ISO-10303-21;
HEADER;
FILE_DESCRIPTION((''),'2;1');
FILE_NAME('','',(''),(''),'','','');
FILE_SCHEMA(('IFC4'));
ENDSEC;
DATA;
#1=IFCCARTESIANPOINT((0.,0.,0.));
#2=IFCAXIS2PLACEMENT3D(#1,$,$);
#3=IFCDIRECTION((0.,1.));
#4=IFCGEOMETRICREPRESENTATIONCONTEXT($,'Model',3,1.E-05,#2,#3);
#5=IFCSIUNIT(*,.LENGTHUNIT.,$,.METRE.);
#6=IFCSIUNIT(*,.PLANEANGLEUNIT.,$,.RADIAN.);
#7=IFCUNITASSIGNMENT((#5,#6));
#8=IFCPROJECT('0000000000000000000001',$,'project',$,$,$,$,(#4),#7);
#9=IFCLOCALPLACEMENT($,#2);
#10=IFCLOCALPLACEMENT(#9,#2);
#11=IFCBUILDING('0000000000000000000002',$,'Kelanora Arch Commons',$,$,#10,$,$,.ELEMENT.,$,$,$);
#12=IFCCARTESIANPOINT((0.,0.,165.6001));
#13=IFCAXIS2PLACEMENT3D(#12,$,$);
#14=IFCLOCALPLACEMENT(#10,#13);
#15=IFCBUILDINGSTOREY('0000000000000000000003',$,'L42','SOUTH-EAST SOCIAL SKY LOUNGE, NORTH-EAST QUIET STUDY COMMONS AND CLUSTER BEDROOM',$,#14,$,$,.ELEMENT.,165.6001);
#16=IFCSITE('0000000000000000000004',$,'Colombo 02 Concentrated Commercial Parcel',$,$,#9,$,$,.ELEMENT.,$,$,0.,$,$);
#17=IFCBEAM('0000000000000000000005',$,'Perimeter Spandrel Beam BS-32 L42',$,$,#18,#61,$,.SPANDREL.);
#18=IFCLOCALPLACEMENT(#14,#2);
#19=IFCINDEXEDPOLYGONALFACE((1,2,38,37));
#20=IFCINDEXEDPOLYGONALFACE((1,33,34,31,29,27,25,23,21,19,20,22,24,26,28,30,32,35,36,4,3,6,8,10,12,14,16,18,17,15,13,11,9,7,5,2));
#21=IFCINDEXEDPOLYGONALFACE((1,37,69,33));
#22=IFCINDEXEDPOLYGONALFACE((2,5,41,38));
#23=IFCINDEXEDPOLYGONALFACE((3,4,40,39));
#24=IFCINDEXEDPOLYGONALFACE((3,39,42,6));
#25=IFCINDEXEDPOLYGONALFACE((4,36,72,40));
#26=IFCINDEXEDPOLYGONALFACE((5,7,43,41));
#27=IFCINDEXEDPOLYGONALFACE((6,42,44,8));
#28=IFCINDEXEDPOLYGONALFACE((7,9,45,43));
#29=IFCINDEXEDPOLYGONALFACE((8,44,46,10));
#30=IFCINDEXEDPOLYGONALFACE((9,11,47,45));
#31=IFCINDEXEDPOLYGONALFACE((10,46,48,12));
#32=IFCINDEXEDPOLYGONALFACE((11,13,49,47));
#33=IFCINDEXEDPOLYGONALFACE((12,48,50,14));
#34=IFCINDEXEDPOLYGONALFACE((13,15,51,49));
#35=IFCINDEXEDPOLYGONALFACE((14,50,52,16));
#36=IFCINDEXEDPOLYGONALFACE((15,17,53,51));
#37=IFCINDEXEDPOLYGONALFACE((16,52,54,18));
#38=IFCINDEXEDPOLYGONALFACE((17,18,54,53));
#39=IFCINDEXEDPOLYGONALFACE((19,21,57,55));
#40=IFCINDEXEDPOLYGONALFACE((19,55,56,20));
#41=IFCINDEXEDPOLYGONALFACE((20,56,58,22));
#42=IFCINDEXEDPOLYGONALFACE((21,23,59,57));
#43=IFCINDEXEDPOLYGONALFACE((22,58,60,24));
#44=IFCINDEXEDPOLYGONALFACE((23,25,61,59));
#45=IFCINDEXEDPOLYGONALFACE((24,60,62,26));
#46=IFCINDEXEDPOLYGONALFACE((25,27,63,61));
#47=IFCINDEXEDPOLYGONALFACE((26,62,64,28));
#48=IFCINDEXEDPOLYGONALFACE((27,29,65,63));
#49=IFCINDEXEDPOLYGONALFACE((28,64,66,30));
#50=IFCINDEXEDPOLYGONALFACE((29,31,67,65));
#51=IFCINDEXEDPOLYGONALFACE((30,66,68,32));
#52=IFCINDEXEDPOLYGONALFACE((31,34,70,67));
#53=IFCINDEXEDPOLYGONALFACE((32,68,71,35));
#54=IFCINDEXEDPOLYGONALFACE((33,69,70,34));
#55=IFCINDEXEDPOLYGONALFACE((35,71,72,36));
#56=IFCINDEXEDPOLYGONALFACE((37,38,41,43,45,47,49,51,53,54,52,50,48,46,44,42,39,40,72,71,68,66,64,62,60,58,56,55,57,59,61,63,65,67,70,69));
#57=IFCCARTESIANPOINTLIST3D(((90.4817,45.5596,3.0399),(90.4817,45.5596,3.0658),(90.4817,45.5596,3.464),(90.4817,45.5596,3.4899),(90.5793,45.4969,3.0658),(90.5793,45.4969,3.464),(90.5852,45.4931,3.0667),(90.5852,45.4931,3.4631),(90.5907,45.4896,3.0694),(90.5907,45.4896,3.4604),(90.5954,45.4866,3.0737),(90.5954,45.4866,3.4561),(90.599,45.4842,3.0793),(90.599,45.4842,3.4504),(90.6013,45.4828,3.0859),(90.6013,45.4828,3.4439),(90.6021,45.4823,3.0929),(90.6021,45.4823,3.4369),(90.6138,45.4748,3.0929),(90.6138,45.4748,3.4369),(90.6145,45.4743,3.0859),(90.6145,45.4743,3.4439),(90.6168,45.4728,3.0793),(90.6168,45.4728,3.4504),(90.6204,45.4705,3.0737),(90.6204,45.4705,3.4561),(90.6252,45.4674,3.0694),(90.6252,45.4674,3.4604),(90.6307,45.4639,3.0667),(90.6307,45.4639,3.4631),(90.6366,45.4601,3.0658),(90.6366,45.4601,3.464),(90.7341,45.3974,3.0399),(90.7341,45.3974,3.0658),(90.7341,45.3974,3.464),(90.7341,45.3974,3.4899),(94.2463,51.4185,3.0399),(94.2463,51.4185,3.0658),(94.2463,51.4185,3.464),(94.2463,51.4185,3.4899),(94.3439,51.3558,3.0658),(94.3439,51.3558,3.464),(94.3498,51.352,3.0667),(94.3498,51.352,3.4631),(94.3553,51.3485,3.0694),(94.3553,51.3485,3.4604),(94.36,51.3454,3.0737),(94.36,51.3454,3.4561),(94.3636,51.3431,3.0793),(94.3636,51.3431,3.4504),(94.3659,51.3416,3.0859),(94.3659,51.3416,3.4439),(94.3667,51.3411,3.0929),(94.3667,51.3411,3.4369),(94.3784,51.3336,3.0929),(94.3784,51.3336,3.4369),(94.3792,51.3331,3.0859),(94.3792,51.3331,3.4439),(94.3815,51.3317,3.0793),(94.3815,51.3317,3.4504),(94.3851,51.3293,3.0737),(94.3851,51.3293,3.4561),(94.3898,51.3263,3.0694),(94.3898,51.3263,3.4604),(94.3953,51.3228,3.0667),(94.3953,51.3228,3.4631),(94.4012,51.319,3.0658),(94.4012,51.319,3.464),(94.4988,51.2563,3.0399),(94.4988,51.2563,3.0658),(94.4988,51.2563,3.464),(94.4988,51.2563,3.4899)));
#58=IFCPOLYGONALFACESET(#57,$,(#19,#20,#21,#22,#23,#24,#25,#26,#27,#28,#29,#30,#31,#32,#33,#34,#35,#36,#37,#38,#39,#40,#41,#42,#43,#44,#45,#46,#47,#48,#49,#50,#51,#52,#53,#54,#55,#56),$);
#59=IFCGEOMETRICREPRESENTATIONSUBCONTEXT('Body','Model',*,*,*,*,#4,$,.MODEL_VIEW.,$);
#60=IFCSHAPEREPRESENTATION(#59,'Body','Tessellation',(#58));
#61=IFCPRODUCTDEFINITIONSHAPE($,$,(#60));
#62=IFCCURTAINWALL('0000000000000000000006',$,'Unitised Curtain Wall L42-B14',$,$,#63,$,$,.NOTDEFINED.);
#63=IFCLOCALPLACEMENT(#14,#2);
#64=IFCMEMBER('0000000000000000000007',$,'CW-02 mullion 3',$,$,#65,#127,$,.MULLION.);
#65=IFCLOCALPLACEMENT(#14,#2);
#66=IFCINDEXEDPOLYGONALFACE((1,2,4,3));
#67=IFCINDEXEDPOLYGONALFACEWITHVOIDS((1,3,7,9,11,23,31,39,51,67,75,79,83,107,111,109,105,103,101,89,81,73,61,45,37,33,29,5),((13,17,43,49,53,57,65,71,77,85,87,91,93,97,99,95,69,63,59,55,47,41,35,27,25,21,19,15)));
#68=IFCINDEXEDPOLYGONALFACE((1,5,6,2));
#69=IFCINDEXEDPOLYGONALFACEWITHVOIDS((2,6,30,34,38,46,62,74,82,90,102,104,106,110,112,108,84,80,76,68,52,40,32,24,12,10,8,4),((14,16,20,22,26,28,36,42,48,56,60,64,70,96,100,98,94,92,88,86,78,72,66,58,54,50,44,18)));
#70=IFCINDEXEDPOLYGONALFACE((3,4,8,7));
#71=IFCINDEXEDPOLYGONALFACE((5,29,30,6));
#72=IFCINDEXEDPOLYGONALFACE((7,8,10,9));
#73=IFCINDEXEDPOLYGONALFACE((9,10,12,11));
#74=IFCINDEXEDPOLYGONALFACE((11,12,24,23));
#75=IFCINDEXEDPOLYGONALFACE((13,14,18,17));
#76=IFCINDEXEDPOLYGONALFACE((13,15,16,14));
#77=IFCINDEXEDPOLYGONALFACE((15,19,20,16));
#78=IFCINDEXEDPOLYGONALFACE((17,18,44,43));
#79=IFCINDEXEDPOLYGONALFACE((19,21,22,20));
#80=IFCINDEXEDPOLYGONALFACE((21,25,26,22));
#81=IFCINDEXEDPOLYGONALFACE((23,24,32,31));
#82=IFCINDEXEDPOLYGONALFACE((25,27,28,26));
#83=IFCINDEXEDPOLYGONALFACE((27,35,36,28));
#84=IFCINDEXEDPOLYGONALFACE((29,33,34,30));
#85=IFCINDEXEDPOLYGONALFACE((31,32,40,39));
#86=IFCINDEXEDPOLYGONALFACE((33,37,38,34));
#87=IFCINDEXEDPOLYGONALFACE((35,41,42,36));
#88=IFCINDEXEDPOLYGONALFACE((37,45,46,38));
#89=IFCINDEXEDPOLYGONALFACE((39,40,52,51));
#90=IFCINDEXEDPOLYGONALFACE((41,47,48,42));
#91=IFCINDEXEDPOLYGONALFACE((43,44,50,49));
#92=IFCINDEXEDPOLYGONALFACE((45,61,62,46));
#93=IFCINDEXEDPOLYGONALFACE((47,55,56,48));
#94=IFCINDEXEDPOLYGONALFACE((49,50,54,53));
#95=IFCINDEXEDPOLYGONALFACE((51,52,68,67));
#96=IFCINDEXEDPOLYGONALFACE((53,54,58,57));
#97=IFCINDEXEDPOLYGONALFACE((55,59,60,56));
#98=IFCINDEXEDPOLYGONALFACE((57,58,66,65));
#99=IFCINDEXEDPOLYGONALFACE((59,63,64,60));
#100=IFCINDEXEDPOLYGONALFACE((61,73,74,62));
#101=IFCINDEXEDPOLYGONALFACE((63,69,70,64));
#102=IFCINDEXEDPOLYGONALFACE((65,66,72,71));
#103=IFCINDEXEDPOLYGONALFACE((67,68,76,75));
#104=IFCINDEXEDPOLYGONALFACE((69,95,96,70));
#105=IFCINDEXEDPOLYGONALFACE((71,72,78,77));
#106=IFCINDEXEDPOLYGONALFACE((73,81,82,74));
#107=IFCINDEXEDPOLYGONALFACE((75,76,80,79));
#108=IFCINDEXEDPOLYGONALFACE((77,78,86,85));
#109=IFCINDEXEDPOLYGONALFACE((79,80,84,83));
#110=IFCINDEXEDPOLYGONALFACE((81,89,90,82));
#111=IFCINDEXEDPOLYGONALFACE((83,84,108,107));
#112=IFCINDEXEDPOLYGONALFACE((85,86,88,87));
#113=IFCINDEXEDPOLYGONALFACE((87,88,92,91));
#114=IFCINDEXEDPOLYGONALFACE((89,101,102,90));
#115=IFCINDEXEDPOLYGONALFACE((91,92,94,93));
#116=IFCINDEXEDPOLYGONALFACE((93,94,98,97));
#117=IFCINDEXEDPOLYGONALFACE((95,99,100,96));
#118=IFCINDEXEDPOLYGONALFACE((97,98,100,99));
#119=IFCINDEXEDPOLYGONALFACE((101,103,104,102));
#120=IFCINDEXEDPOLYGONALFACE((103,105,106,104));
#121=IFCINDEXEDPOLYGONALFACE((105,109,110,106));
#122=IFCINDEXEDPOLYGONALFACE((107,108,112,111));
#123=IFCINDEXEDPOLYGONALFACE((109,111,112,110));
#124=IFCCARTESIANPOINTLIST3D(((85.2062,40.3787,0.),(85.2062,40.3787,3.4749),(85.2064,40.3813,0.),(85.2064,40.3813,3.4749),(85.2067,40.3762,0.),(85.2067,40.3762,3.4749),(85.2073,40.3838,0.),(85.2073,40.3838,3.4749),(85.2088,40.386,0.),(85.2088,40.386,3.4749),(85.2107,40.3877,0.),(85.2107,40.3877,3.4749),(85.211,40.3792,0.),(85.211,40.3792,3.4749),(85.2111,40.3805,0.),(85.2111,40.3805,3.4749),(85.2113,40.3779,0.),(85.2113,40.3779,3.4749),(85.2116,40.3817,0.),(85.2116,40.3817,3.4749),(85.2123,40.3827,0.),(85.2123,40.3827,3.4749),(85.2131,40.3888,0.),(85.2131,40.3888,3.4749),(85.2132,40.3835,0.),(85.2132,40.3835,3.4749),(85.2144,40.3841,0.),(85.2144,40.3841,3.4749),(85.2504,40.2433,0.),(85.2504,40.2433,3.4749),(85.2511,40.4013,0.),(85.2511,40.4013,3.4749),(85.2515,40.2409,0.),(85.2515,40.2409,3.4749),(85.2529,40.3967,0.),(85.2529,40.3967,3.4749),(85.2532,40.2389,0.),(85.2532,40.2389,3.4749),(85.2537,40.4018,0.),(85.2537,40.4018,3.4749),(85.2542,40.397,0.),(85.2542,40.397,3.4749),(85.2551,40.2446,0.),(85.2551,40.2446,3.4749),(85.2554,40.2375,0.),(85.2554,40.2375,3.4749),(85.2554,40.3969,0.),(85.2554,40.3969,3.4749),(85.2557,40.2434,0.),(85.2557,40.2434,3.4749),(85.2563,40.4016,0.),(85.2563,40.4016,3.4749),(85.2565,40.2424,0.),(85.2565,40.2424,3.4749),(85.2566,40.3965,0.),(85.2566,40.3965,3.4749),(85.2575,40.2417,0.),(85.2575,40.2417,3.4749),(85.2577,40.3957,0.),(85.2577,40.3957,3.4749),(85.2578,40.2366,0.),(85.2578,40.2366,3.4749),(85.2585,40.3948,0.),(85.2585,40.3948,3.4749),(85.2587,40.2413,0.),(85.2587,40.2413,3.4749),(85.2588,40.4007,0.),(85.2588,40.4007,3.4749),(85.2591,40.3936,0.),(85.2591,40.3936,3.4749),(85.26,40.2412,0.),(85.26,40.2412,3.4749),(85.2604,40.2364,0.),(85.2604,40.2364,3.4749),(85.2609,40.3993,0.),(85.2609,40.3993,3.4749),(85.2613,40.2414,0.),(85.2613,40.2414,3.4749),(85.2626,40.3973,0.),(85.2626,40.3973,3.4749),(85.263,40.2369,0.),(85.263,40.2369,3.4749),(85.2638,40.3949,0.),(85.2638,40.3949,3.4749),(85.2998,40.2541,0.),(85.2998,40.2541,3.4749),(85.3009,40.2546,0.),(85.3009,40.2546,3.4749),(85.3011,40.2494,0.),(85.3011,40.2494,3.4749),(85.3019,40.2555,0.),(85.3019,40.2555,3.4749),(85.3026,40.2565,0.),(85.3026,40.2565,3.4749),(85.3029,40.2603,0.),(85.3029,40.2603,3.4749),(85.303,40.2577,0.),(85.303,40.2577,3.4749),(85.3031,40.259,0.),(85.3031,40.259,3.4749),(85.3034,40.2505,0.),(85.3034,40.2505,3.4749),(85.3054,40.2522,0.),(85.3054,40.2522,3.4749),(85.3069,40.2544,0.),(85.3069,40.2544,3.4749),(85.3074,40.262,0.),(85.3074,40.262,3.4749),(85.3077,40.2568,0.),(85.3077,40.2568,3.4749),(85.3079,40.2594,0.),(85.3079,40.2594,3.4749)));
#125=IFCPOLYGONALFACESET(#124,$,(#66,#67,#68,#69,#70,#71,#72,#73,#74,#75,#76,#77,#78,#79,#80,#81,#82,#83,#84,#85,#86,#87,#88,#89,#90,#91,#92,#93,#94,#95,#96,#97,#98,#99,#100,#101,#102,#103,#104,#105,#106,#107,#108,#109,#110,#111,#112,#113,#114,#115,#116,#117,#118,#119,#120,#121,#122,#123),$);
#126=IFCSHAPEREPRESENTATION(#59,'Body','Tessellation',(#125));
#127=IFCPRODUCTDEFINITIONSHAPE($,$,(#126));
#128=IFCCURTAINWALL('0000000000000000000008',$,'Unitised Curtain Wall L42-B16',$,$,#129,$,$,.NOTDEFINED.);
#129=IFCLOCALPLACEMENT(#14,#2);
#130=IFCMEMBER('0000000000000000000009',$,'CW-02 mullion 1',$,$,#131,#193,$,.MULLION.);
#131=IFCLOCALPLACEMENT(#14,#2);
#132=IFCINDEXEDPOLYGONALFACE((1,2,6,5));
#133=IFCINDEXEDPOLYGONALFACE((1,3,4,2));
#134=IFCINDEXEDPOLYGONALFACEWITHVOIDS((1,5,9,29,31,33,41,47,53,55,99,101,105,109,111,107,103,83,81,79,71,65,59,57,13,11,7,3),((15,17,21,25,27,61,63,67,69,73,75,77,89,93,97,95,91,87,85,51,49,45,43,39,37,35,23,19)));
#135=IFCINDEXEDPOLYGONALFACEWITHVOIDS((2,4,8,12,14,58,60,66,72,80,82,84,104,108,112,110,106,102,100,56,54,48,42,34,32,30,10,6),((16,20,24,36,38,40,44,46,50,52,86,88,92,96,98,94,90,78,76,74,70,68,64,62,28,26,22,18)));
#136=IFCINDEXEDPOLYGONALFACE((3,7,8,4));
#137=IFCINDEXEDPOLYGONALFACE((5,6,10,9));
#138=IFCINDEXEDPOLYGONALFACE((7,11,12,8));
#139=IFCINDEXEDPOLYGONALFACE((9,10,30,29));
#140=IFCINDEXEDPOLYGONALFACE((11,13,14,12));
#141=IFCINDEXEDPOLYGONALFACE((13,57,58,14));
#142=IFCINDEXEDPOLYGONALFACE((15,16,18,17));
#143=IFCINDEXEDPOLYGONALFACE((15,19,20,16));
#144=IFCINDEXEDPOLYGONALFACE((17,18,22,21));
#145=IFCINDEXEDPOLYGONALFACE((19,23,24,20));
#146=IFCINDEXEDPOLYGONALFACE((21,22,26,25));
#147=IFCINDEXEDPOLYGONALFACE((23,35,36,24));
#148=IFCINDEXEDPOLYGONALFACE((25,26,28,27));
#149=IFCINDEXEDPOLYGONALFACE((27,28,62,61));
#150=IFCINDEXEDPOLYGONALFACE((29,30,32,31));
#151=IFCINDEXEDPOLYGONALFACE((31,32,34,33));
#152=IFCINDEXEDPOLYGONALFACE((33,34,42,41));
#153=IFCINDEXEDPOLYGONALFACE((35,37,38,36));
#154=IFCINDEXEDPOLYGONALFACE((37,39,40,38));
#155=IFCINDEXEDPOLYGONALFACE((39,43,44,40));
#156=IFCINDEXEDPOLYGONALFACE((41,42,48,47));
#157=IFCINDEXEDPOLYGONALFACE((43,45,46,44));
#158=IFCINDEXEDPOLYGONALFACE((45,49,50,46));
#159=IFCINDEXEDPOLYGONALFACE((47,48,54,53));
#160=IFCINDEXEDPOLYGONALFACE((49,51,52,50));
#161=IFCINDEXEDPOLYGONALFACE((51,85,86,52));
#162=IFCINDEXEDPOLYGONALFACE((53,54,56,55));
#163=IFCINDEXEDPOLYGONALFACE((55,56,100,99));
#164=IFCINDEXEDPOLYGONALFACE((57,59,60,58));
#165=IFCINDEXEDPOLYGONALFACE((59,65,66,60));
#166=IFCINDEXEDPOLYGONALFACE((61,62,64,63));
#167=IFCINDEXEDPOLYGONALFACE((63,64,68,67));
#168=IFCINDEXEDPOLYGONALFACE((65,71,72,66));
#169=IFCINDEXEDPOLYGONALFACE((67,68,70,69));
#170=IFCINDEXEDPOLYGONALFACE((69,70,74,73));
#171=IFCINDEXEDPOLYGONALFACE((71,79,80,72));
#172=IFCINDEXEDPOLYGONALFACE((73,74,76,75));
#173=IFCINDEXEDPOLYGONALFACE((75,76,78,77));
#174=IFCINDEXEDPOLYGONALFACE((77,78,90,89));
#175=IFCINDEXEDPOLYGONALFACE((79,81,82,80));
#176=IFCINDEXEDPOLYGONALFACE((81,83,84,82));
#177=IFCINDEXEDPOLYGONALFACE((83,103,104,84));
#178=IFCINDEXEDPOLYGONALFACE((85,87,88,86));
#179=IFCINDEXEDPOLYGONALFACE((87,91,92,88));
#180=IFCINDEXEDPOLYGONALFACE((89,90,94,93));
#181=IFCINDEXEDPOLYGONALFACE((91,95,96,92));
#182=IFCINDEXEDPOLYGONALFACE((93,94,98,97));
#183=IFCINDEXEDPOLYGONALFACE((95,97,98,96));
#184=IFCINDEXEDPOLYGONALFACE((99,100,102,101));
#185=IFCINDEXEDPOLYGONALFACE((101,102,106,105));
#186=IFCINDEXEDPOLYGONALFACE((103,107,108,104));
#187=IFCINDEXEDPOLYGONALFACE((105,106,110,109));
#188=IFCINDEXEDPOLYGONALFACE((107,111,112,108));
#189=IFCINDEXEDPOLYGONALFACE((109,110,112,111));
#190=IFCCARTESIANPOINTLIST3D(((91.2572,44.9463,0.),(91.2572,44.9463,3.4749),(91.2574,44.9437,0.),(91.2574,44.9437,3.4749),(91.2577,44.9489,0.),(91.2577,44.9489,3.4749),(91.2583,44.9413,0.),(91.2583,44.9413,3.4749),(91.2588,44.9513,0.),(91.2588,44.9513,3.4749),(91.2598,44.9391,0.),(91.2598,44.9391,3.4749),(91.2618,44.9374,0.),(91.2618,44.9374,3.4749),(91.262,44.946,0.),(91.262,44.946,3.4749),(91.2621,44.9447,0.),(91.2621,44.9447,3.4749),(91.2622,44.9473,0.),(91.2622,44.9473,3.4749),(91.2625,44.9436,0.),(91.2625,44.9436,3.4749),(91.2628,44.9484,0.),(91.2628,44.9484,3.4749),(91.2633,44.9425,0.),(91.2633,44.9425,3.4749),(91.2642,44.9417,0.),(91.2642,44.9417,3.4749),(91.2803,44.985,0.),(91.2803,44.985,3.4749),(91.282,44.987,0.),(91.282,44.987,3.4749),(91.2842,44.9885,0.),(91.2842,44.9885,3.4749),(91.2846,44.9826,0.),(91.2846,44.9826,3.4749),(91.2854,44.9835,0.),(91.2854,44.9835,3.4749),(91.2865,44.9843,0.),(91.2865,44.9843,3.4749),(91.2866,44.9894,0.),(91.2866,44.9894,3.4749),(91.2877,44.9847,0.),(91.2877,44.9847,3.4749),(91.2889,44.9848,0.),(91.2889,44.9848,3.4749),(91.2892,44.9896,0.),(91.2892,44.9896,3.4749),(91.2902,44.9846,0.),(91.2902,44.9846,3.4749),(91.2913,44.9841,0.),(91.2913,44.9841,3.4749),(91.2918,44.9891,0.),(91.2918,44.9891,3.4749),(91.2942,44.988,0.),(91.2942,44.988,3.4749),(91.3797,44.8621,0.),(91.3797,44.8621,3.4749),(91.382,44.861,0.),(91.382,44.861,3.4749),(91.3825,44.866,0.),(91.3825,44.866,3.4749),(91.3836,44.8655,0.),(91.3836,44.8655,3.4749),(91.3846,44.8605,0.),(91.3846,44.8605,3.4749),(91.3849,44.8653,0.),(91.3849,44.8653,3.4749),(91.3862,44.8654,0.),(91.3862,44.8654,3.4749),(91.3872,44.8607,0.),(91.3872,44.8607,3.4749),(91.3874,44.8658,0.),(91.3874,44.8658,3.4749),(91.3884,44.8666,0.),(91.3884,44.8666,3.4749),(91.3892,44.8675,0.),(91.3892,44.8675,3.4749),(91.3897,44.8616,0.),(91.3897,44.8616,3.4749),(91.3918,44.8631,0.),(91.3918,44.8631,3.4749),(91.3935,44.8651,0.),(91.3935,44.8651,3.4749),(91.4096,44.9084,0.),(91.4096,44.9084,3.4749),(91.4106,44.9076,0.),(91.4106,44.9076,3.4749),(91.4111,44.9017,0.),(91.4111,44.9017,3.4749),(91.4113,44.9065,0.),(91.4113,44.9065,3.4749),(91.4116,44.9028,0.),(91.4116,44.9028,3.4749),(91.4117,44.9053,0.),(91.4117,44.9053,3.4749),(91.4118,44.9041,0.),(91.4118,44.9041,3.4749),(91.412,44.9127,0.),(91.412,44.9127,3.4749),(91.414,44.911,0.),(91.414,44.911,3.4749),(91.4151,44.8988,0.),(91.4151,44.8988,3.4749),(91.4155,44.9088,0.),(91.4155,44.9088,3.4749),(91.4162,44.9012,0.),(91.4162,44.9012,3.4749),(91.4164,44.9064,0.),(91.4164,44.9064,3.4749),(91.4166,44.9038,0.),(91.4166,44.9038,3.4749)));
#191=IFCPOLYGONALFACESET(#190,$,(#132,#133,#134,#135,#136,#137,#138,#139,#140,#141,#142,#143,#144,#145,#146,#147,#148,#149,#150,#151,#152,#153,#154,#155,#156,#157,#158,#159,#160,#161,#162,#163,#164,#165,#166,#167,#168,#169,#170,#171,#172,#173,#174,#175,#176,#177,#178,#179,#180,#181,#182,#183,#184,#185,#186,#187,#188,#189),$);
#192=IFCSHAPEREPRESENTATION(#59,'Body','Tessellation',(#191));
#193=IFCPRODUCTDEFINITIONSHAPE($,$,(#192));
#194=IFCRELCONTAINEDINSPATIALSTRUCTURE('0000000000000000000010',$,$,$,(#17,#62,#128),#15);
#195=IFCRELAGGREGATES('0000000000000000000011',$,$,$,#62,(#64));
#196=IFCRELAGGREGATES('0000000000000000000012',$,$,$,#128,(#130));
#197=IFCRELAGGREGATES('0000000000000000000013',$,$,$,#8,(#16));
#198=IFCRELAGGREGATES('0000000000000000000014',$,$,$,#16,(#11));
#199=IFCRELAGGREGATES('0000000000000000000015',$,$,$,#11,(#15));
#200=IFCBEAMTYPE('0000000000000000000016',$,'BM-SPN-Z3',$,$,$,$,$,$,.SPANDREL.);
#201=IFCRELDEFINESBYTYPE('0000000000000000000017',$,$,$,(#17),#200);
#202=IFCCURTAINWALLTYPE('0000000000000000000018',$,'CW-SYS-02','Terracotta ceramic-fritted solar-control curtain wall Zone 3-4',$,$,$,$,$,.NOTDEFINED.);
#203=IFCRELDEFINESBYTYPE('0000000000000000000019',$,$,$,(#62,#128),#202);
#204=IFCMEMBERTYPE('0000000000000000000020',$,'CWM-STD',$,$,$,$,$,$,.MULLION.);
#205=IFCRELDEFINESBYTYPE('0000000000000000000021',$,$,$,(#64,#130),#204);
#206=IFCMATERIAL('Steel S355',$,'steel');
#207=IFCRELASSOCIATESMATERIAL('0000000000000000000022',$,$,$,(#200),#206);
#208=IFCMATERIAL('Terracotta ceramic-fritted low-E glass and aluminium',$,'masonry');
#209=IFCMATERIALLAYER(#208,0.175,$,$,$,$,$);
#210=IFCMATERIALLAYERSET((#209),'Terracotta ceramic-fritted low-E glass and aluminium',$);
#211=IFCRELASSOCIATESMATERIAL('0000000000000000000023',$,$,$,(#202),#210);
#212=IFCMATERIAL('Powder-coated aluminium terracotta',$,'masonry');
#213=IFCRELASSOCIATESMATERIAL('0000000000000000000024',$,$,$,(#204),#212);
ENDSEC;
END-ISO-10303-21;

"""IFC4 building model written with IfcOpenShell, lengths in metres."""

from ifc_helpers import new_model, si_unit, direction, frame, origin, origin_2d, place, context, subcontext, project, spatial, hollow_rectangle, i_section, extrude, material, layer, layer_set, material_profile, profile_set, type_object, element, aggregate, save


model = new_model("IFC4")

# Units and contexts
model_context = context("Model", 3, precision=1e-05, world=origin(), true_north=direction((0.0, 1.0)))
body_context = subcontext(model_context, "Body", "Model", "MODEL_VIEW")
ifc_project = project(units=[si_unit("LENGTHUNIT", "METRE"), si_unit("PLANEANGLEUNIT", "RADIAN")], contexts=[model_context])

# Site, building, storey
site_placement = place(None, origin())
site = spatial("IfcSite", under=ifc_project, at=site_placement, Name="Colombo 02 Concentrated Commercial Parcel", CompositionType="ELEMENT", RefElevation=0.0)
building_placement = place(site_placement, origin())
building = spatial("IfcBuilding", under=site, at=building_placement, Name="Kelanora Arch Commons", CompositionType="ELEMENT")
storey_placement = place(building_placement, frame((0.0, 0.0, 165.6001)))
storey = spatial("IfcBuildingStorey", under=building, at=storey_placement, Name="L42", Description="SOUTH-EAST SOCIAL SKY LOUNGE, NORTH-EAST QUIET STUDY COMMONS AND CLUSTER BEDROOM", CompositionType="ELEMENT", Elevation=165.6001)

# Beam
ifc_material_1 = material(Name="Steel S355", Category="steel")
ifc_material_profile_1 = material_profile(ifc_material_1, i_section(OverallWidth=0.3, OverallDepth=0.45, WebThickness=0.0139, FlangeThickness=0.0259, FilletRadius=0.0271, at=origin_2d()), Name="HEB450")
ifc_profile_set_1 = profile_set([ifc_material_profile_1], Name="Steel S355")
beam_type_1 = type_object("IfcBeamType", Name="BM-SPN-Z3", PredefinedType="SPANDREL", material=ifc_profile_set_1)
beam_1_placement = place(storey_placement, frame((90.6079, 45.4785, 3.2649), z_axis=(0.540577, 0.841295, 0.0), x_axis=(-0.841295, 0.540577, 0.0)))
element("IfcBeam", 1, at=beam_1_placement, inside=storey, type_object=beam_type_1, Name="Perimeter Spandrel Beam BS-32 L42", PredefinedType="SPANDREL", context=body_context, shape_type="SweptSolid", body=[
    extrude(i_section(OverallWidth=0.3, OverallDepth=0.45, WebThickness=0.0139, FlangeThickness=0.0259, FilletRadius=0.0271, at=origin_2d()), origin(), (0.0, 0.0, 1.0), 6.9641),
])

# Curtain wall, member
ifc_material_2 = material(Name="Terracotta ceramic-fritted low-E glass and aluminium", Category="masonry")
ifc_layer_1 = layer(ifc_material_2, 0.175)
ifc_layer_set_1 = layer_set([ifc_layer_1], Name="Terracotta ceramic-fritted low-E glass and aluminium")
curtain_wall_type = type_object("IfcCurtainWallType", Name="CW-SYS-02", Description="Terracotta ceramic-fritted solar-control curtain wall Zone 3-4", PredefinedType="NOTDEFINED", material=ifc_layer_set_1)
curtain_wall_1_placement = place(storey_placement, origin())
curtain_wall_1 = element("IfcCurtainWall", 2, at=curtain_wall_1_placement, inside=storey, type_object=curtain_wall_type, Name="Unitised Curtain Wall L42-B14", PredefinedType="NOTDEFINED")
ifc_material_3 = material(Name="Powder-coated aluminium terracotta", Category="masonry")
ifc_material_profile_2 = material_profile(ifc_material_3, hollow_rectangle(XDim=0.1599, YDim=0.0601, WallThickness=0.0049, InnerFilletRadius=0.0049, OuterFilletRadius=0.01, at=origin_2d()), Name="CWM160x60")
ifc_profile_set_2 = profile_set([ifc_material_profile_2], Name="Powder-coated aluminium terracotta")
member_type_1 = type_object("IfcMemberType", Name="CWM-STD", PredefinedType="MULLION", material=ifc_profile_set_2)
member_1_placement = place(storey_placement, frame((85.2571, 40.3191, 0.0), z_axis=(0.0, 0.0, 1.0), x_axis=(-0.312128, 0.95004, 0.0)))
member_1 = element("IfcMember", 3, at=member_1_placement, type_object=member_type_1, Name="CW-02 mullion 3", PredefinedType="MULLION", context=body_context, shape_type="SweptSolid", body=[
    extrude(hollow_rectangle(XDim=0.1599, YDim=0.0601, WallThickness=0.0049, InnerFilletRadius=0.0049, OuterFilletRadius=0.01, at=origin_2d()), origin(), (0.0, 0.0, 1.0), 3.4749),
])

# Curtain wall, member
curtain_wall_2_placement = place(storey_placement, origin())
curtain_wall_2 = element("IfcCurtainWall", 4, at=curtain_wall_2_placement, inside=storey, type_object=curtain_wall_type, Name="Unitised Curtain Wall L42-B16", PredefinedType="NOTDEFINED")
member_2_placement = place(storey_placement, frame((91.3369, 44.925, 0.0), z_axis=(0.0, 0.0, 1.0), x_axis=(-0.842423, 0.538817, 0.0)))
member_2 = element("IfcMember", 5, at=member_2_placement, type_object=member_type_1, Name="CW-02 mullion 1", PredefinedType="MULLION", context=body_context, shape_type="SweptSolid", body=[
    extrude(hollow_rectangle(XDim=0.1599, YDim=0.0601, WallThickness=0.0049, InnerFilletRadius=0.0049, OuterFilletRadius=0.01, at=origin_2d()), origin(), (0.0, 0.0, 1.0), 3.4749),
])

aggregate(curtain_wall_1, [member_1])
aggregate(curtain_wall_2, [member_2])

save(model, "model.ifc")
